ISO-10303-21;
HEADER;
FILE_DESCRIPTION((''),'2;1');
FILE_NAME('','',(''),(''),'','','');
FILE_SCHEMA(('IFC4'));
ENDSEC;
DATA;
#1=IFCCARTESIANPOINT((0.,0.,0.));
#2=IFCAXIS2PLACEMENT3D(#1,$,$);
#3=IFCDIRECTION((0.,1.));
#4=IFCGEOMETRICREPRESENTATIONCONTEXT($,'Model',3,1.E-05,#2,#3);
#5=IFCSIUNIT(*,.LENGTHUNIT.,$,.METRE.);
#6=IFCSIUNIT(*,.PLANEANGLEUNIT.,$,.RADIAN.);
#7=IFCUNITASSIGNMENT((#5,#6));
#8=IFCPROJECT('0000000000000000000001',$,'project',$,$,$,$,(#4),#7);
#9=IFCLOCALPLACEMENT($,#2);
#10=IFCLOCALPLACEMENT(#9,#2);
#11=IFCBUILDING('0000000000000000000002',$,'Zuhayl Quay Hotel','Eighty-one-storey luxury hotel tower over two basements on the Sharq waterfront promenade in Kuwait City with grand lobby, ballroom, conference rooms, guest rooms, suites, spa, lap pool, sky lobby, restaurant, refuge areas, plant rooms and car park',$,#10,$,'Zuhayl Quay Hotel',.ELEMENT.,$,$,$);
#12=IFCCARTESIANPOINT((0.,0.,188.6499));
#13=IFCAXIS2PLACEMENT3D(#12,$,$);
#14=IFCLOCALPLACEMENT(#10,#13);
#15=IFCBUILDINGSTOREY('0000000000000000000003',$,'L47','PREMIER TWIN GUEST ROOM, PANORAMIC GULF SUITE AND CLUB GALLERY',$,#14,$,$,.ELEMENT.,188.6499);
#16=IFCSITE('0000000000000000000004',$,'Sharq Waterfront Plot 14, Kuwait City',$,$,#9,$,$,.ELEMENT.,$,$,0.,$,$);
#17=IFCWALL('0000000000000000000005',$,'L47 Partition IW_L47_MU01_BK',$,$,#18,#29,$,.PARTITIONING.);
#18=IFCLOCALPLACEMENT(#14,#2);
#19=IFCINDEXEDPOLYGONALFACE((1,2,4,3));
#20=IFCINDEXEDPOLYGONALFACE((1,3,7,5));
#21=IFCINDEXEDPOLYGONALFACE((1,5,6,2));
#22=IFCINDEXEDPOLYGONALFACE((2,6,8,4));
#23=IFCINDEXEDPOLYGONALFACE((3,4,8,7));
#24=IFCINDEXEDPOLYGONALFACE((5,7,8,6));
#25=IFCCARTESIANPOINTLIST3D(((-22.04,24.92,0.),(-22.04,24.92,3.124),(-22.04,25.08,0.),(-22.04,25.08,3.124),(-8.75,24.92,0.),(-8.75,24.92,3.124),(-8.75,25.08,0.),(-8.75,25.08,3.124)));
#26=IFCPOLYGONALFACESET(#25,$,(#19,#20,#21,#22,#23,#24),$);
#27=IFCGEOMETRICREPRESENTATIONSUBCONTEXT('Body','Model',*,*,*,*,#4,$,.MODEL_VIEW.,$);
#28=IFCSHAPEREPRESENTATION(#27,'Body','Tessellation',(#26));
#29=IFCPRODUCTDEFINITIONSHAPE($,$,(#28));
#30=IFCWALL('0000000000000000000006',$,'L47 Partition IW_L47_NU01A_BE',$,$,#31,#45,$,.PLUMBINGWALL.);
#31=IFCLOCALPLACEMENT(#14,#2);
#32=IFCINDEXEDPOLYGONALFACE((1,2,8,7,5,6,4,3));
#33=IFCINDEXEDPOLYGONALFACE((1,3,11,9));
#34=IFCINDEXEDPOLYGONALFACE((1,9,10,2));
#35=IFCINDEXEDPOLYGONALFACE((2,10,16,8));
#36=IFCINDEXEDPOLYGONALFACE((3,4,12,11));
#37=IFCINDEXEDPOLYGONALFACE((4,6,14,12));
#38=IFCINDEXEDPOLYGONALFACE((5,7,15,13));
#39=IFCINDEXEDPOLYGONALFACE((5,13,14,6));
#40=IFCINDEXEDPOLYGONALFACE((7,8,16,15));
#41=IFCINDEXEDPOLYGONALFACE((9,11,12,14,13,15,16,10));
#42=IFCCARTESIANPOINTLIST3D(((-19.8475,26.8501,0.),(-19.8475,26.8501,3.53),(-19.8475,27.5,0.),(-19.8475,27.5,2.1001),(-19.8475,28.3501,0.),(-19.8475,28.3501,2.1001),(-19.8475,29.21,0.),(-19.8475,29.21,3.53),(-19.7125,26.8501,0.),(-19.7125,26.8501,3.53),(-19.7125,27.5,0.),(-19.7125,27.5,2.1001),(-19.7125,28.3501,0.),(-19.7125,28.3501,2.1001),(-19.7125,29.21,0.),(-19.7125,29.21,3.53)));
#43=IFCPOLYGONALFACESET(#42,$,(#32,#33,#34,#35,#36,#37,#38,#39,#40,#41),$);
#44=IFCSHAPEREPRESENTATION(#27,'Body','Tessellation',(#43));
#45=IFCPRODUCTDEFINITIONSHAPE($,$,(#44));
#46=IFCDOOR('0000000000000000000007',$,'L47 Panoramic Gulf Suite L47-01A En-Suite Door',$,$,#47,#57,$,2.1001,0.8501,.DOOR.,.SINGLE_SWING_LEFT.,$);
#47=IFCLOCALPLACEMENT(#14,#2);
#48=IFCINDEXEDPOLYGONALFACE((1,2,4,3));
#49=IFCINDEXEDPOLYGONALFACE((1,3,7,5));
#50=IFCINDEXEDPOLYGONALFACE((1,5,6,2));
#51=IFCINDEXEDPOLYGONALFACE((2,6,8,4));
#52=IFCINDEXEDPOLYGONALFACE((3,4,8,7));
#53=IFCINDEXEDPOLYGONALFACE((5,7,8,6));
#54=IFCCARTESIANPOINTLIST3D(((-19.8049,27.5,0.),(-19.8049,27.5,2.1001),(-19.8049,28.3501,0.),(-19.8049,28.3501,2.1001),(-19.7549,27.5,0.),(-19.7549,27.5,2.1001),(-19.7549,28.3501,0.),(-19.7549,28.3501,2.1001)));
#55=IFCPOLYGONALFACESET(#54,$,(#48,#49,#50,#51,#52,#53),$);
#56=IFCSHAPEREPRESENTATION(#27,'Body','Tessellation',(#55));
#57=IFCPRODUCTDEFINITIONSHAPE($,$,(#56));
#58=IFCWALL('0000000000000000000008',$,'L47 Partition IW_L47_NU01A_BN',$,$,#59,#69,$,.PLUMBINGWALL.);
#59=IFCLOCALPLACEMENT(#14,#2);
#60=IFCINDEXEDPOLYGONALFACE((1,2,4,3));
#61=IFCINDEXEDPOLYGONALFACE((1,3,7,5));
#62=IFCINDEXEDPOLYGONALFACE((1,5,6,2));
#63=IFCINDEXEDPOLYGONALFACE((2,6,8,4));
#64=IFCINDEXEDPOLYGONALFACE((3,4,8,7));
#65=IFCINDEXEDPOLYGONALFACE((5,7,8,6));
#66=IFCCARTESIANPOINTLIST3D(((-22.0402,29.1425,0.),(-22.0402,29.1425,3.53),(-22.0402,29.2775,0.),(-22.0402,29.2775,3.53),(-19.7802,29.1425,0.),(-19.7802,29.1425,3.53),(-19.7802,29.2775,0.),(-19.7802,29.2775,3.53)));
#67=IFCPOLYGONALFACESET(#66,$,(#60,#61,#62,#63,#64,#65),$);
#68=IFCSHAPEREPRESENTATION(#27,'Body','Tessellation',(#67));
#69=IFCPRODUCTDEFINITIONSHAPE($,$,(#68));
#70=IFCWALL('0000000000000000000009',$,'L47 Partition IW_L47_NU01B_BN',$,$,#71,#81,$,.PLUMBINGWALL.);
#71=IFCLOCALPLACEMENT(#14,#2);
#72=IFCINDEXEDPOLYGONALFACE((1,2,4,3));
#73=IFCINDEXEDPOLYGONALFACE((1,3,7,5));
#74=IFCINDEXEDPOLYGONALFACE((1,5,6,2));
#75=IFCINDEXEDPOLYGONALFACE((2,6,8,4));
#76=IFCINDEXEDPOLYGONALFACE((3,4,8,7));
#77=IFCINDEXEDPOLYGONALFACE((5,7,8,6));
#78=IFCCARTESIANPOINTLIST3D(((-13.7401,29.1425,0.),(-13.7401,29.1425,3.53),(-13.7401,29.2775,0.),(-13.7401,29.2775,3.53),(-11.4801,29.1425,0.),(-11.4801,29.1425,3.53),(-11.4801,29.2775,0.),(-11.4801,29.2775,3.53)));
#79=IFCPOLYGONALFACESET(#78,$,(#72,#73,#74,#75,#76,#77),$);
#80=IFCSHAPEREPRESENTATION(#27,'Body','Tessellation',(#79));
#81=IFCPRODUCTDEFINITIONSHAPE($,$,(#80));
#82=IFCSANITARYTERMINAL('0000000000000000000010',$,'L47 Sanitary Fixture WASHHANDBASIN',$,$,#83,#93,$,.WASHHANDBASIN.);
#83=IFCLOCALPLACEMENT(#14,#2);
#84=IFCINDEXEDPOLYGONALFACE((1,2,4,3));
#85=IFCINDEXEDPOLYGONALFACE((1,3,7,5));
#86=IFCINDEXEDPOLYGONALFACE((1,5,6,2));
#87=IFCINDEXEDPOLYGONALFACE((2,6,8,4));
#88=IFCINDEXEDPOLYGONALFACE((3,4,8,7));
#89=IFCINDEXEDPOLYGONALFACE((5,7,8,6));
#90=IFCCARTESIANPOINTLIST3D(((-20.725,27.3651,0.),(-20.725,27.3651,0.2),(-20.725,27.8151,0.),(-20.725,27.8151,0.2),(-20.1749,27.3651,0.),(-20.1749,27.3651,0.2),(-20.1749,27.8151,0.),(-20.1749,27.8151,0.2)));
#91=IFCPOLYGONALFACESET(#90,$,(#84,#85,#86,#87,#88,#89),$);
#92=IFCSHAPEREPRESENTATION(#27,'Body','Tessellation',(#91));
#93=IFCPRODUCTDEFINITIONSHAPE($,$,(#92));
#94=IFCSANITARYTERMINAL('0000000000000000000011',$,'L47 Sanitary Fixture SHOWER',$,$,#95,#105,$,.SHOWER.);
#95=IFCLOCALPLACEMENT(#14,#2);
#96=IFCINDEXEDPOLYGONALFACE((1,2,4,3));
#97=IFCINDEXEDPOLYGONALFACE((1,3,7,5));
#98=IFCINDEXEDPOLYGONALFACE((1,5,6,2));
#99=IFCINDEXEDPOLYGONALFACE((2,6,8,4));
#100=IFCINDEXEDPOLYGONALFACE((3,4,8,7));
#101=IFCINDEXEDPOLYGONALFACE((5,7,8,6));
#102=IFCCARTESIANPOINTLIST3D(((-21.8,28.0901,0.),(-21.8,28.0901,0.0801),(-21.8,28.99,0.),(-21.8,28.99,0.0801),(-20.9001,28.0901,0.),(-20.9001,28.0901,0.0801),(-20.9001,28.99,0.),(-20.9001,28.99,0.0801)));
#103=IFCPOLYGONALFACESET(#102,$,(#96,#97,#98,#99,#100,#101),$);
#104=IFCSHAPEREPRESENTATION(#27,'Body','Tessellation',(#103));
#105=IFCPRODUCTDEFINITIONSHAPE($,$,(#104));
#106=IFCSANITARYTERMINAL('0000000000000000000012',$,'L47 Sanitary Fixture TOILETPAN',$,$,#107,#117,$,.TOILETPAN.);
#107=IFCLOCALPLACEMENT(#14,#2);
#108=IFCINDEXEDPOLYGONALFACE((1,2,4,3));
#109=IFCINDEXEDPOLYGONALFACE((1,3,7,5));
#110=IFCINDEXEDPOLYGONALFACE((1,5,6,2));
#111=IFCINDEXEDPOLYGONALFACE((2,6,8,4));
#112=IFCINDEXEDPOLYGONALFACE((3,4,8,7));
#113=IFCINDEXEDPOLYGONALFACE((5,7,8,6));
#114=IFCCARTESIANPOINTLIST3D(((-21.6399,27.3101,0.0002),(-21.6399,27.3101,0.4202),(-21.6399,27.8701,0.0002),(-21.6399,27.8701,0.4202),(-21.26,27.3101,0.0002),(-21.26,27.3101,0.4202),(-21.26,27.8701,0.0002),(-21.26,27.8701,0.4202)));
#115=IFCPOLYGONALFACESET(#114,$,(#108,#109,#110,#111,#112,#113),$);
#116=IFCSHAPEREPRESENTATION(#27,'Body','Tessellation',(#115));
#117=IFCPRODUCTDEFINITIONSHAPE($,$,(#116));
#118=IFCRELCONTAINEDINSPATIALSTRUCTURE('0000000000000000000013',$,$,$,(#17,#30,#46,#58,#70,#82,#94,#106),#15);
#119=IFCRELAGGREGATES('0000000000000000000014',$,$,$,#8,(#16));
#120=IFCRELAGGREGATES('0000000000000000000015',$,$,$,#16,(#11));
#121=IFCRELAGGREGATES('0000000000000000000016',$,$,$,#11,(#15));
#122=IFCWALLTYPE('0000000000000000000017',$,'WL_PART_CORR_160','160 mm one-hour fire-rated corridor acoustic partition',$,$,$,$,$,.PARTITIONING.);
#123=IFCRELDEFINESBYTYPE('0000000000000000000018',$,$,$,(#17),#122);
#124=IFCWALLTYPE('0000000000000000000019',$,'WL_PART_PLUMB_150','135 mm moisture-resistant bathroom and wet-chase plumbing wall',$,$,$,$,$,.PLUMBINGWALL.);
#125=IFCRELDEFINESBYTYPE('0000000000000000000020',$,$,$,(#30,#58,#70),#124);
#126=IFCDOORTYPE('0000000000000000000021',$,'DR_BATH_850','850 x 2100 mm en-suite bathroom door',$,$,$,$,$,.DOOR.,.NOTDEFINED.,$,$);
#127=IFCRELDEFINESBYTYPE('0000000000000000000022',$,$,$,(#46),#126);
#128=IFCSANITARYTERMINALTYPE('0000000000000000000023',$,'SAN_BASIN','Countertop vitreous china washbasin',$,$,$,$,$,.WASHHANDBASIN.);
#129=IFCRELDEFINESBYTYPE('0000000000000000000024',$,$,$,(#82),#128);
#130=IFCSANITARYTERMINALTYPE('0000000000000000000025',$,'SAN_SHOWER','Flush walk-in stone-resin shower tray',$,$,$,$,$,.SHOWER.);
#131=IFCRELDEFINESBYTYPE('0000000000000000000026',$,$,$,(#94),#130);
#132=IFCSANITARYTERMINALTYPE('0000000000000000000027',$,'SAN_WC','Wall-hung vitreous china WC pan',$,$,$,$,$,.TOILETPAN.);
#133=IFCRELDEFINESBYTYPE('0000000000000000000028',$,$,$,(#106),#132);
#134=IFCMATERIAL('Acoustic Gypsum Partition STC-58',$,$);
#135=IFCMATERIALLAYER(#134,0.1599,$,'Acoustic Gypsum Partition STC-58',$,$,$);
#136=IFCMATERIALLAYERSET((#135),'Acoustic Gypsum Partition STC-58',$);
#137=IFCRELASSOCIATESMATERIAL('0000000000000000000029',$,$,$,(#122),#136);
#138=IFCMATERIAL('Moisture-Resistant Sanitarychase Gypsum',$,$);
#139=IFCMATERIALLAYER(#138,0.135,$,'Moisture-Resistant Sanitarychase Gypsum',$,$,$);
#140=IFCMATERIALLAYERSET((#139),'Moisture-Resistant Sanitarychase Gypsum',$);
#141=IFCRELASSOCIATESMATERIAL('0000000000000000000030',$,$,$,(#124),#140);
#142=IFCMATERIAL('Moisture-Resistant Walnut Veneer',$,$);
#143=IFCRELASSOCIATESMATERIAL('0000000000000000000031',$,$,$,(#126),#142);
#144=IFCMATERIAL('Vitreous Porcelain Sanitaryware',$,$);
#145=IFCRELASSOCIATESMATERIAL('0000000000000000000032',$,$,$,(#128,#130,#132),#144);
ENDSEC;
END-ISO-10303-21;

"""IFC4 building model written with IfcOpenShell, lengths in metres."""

from ifc_helpers import new_model, si_unit, direction, frame, frame_2d, origin, origin_2d, place, context, subcontext, project, spatial, rectangle, extrude, material, layer, layer_set, type_object, element, fill, save


model = new_model("IFC4")

# Units and contexts
model_context = context("Model", 3, precision=1e-05, world=origin(), true_north=direction((0.0, 1.0)))
body_context = subcontext(model_context, "Body", "Model", "MODEL_VIEW")
ifc_project = project(units=[si_unit("LENGTHUNIT", "METRE"), si_unit("PLANEANGLEUNIT", "RADIAN")], contexts=[model_context])

# Site, building, storey
site_placement = place(None, origin())
site = spatial("IfcSite", under=ifc_project, at=site_placement, Name="Sharq Waterfront Plot 14, Kuwait City", CompositionType="ELEMENT", RefElevation=0.0)
building_placement = place(site_placement, origin())
building = spatial("IfcBuilding", under=site, at=building_placement, Name="Zuhayl Quay Hotel", Description="Eighty-one-storey luxury hotel tower over two basements on the Sharq waterfront promenade in Kuwait City with grand lobby, ballroom, conference rooms, guest rooms, suites, spa, lap pool, sky lobby, restaurant, refuge areas, plant rooms and car park", LongName="Zuhayl Quay Hotel", CompositionType="ELEMENT")
storey_placement = place(building_placement, frame((0.0, 0.0, 188.6499)))
storey = spatial("IfcBuildingStorey", under=building, at=storey_placement, Name="L47", Description="PREMIER TWIN GUEST ROOM, PANORAMIC GULF SUITE AND CLUB GALLERY", CompositionType="ELEMENT", Elevation=188.6499)

# Shared definitions
ifc_material_1 = material(Name="Acoustic Gypsum Partition STC-58")

# Shared definitions
ifc_layer_1 = layer(ifc_material_1, 0.1599, Name="Acoustic Gypsum Partition STC-58")
ifc_layer_set_1 = layer_set([ifc_layer_1], Name="Acoustic Gypsum Partition STC-58")
wall_type_1 = type_object("IfcWallType", Name="WL_PART_CORR_160", Description="160 mm one-hour fire-rated corridor acoustic partition", PredefinedType="PARTITIONING", material=ifc_layer_set_1)

# Wall
wall_1_placement = place(storey_placement, frame((-22.04, 25.0, 0.0), z_axis=(0.0, 0.0, 1.0), x_axis=(1.0, 0.0, 0.0)))
element("IfcWall", 1, at=wall_1_placement, inside=storey, type_object=wall_type_1, Name="L47 Partition IW_L47_MU01_BK", PredefinedType="PARTITIONING", context=body_context, shape_type="SweptSolid", body=[
    extrude(rectangle(XDim=13.29, YDim=0.1599, at=frame_2d((6.645, 0.0))), origin(), (0.0, 0.0, 1.0), 3.124),
])

# Wall, opening, door
ifc_material_2 = material(Name="Moisture-Resistant Sanitarychase Gypsum")
ifc_layer_2 = layer(ifc_material_2, 0.135, Name="Moisture-Resistant Sanitarychase Gypsum")
ifc_layer_set_2 = layer_set([ifc_layer_2], Name="Moisture-Resistant Sanitarychase Gypsum")
wall_type_2 = type_object("IfcWallType", Name="WL_PART_PLUMB_150", Description="135 mm moisture-resistant bathroom and wet-chase plumbing wall", PredefinedType="PLUMBINGWALL", material=ifc_layer_set_2)
wall_2_placement = place(storey_placement, frame((-19.78, 26.8501, 0.0), z_axis=(0.0, 0.0, 1.0), x_axis=(0.0, 1.0, 0.0)))
wall_2 = element("IfcWall", 2, at=wall_2_placement, inside=storey, type_object=wall_type_2, Name="L47 Partition IW_L47_NU01A_BE", PredefinedType="PLUMBINGWALL", context=body_context, shape_type="SweptSolid", body=[
    extrude(rectangle(XDim=2.3599, YDim=0.135, at=frame_2d((1.1799, 0.0))), origin(), (0.0, 0.0, 1.0), 3.53),
])
opening_1_placement = place(wall_2_placement, frame((0.6499, 0.0, 0.0)))
opening_1 = element("IfcOpeningElement", 3, at=opening_1_placement, cuts=wall_2, PredefinedType="OPENING", context=body_context, shape_type="SweptSolid", body=[
    extrude(rectangle(XDim=0.8501, YDim=2.1001, at=frame_2d((0.425, 1.05))), frame((0.0, 0.0774, 0.0), z_axis=(0.0, -1.0, 0.0), x_axis=(1.0, 0.0, 0.0)), (0.0, 0.0, 1.0), 0.155),
])
ifc_material_3 = material(Name="Moisture-Resistant Walnut Veneer")
door_type_1 = type_object("IfcDoorType", Name="DR_BATH_850", Description="850 x 2100 mm en-suite bathroom door", OperationType="NOTDEFINED", PredefinedType="DOOR", material=ifc_material_3)
door_1_placement = place(opening_1_placement, origin())
door_1 = element("IfcDoor", 4, at=door_1_placement, inside=storey, type_object=door_type_1, Name="L47 Panoramic Gulf Suite L47-01A En-Suite Door", OperationType="SINGLE_SWING_LEFT", OverallHeight=2.1001, OverallWidth=0.8501, PredefinedType="DOOR", context=body_context, shape_type="SweptSolid", body=[
    extrude(rectangle(XDim=0.8501, YDim=2.1001, at=frame_2d((0.425, 1.05))), frame((0.0, 0.0249, 0.0), z_axis=(0.0, -1.0, 0.0), x_axis=(1.0, 0.0, 0.0)), (0.0, 0.0, 1.0), 0.05),
])
fill(opening_1, door_1)

# Walls
for number, where, z_axis, x_axis, name in (
    (5, (-22.04, 29.21, 0.0), (0.0, 0.0, 1.0), (1.0, 0.0, 0.0), "L47 Partition IW_L47_NU01A_BN"),
    (6, (-13.74, 29.21, 0.0), (0.0, 0.0, 1.0), (1.0, 0.0, 0.0), "L47 Partition IW_L47_NU01B_BN"),
):
    element("IfcWall", number, at=place(storey_placement, frame(where, z_axis=z_axis, x_axis=x_axis)), inside=storey, type_object=wall_type_2, Name=name, PredefinedType="PLUMBINGWALL", context=body_context, shape_type="SweptSolid", body=[
        extrude(rectangle(XDim=2.26, YDim=0.135, at=frame_2d((1.1299, 0.0))), origin(), (0.0, 0.0, 1.0), 3.53),
    ])

# Sanitary terminals
ifc_material_4 = material(Name="Vitreous Porcelain Sanitaryware")
sanitary_terminal_type_1 = type_object("IfcSanitaryTerminalType", Name="SAN_BASIN", Description="Countertop vitreous china washbasin", PredefinedType="WASHHANDBASIN", material=ifc_material_4)
sanitary_terminal_1_placement = place(storey_placement, frame((-20.45, 27.5901, 0.0), z_axis=(0.0, 0.0, 1.0), x_axis=(1.0, 0.0, 0.0)))
element("IfcSanitaryTerminal", 7, at=sanitary_terminal_1_placement, inside=storey, type_object=sanitary_terminal_type_1, Name="L47 Sanitary Fixture WASHHANDBASIN", PredefinedType="WASHHANDBASIN", context=body_context, shape_type="SweptSolid", body=[
    extrude(rectangle(XDim=0.55, YDim=0.45, at=origin_2d()), origin(), (0.0, 0.0, 1.0), 0.2),
])
sanitary_terminal_type_2 = type_object("IfcSanitaryTerminalType", Name="SAN_SHOWER", Description="Flush walk-in stone-resin shower tray", PredefinedType="SHOWER", material=ifc_material_4)
sanitary_terminal_2_placement = place(storey_placement, frame((-21.3501, 28.54, 0.0), z_axis=(0.0, 0.0, 1.0), x_axis=(1.0, 0.0, 0.0)))
element("IfcSanitaryTerminal", 8, at=sanitary_terminal_2_placement, inside=storey, type_object=sanitary_terminal_type_2, Name="L47 Sanitary Fixture SHOWER", PredefinedType="SHOWER", context=body_context, shape_type="SweptSolid", body=[
    extrude(rectangle(XDim=0.8999, YDim=0.8999, at=origin_2d()), origin(), (0.0, 0.0, 1.0), 0.0801),
])
sanitary_terminal_type_3 = type_object("IfcSanitaryTerminalType", Name="SAN_WC", Description="Wall-hung vitreous china WC pan", PredefinedType="TOILETPAN", material=ifc_material_4)
sanitary_terminal_3_placement = place(storey_placement, frame((-21.45, 27.5901, 0.0002), z_axis=(0.0, 0.0, 1.0), x_axis=(1.0, 0.0, 0.0)))
element("IfcSanitaryTerminal", 9, at=sanitary_terminal_3_placement, inside=storey, type_object=sanitary_terminal_type_3, Name="L47 Sanitary Fixture TOILETPAN", PredefinedType="TOILETPAN", context=body_context, shape_type="SweptSolid", body=[
    extrude(rectangle(XDim=0.3799, YDim=0.5601, at=origin_2d()), origin(), (0.0, 0.0, 1.0), 0.4199),
])

save(model, "model.ifc")
